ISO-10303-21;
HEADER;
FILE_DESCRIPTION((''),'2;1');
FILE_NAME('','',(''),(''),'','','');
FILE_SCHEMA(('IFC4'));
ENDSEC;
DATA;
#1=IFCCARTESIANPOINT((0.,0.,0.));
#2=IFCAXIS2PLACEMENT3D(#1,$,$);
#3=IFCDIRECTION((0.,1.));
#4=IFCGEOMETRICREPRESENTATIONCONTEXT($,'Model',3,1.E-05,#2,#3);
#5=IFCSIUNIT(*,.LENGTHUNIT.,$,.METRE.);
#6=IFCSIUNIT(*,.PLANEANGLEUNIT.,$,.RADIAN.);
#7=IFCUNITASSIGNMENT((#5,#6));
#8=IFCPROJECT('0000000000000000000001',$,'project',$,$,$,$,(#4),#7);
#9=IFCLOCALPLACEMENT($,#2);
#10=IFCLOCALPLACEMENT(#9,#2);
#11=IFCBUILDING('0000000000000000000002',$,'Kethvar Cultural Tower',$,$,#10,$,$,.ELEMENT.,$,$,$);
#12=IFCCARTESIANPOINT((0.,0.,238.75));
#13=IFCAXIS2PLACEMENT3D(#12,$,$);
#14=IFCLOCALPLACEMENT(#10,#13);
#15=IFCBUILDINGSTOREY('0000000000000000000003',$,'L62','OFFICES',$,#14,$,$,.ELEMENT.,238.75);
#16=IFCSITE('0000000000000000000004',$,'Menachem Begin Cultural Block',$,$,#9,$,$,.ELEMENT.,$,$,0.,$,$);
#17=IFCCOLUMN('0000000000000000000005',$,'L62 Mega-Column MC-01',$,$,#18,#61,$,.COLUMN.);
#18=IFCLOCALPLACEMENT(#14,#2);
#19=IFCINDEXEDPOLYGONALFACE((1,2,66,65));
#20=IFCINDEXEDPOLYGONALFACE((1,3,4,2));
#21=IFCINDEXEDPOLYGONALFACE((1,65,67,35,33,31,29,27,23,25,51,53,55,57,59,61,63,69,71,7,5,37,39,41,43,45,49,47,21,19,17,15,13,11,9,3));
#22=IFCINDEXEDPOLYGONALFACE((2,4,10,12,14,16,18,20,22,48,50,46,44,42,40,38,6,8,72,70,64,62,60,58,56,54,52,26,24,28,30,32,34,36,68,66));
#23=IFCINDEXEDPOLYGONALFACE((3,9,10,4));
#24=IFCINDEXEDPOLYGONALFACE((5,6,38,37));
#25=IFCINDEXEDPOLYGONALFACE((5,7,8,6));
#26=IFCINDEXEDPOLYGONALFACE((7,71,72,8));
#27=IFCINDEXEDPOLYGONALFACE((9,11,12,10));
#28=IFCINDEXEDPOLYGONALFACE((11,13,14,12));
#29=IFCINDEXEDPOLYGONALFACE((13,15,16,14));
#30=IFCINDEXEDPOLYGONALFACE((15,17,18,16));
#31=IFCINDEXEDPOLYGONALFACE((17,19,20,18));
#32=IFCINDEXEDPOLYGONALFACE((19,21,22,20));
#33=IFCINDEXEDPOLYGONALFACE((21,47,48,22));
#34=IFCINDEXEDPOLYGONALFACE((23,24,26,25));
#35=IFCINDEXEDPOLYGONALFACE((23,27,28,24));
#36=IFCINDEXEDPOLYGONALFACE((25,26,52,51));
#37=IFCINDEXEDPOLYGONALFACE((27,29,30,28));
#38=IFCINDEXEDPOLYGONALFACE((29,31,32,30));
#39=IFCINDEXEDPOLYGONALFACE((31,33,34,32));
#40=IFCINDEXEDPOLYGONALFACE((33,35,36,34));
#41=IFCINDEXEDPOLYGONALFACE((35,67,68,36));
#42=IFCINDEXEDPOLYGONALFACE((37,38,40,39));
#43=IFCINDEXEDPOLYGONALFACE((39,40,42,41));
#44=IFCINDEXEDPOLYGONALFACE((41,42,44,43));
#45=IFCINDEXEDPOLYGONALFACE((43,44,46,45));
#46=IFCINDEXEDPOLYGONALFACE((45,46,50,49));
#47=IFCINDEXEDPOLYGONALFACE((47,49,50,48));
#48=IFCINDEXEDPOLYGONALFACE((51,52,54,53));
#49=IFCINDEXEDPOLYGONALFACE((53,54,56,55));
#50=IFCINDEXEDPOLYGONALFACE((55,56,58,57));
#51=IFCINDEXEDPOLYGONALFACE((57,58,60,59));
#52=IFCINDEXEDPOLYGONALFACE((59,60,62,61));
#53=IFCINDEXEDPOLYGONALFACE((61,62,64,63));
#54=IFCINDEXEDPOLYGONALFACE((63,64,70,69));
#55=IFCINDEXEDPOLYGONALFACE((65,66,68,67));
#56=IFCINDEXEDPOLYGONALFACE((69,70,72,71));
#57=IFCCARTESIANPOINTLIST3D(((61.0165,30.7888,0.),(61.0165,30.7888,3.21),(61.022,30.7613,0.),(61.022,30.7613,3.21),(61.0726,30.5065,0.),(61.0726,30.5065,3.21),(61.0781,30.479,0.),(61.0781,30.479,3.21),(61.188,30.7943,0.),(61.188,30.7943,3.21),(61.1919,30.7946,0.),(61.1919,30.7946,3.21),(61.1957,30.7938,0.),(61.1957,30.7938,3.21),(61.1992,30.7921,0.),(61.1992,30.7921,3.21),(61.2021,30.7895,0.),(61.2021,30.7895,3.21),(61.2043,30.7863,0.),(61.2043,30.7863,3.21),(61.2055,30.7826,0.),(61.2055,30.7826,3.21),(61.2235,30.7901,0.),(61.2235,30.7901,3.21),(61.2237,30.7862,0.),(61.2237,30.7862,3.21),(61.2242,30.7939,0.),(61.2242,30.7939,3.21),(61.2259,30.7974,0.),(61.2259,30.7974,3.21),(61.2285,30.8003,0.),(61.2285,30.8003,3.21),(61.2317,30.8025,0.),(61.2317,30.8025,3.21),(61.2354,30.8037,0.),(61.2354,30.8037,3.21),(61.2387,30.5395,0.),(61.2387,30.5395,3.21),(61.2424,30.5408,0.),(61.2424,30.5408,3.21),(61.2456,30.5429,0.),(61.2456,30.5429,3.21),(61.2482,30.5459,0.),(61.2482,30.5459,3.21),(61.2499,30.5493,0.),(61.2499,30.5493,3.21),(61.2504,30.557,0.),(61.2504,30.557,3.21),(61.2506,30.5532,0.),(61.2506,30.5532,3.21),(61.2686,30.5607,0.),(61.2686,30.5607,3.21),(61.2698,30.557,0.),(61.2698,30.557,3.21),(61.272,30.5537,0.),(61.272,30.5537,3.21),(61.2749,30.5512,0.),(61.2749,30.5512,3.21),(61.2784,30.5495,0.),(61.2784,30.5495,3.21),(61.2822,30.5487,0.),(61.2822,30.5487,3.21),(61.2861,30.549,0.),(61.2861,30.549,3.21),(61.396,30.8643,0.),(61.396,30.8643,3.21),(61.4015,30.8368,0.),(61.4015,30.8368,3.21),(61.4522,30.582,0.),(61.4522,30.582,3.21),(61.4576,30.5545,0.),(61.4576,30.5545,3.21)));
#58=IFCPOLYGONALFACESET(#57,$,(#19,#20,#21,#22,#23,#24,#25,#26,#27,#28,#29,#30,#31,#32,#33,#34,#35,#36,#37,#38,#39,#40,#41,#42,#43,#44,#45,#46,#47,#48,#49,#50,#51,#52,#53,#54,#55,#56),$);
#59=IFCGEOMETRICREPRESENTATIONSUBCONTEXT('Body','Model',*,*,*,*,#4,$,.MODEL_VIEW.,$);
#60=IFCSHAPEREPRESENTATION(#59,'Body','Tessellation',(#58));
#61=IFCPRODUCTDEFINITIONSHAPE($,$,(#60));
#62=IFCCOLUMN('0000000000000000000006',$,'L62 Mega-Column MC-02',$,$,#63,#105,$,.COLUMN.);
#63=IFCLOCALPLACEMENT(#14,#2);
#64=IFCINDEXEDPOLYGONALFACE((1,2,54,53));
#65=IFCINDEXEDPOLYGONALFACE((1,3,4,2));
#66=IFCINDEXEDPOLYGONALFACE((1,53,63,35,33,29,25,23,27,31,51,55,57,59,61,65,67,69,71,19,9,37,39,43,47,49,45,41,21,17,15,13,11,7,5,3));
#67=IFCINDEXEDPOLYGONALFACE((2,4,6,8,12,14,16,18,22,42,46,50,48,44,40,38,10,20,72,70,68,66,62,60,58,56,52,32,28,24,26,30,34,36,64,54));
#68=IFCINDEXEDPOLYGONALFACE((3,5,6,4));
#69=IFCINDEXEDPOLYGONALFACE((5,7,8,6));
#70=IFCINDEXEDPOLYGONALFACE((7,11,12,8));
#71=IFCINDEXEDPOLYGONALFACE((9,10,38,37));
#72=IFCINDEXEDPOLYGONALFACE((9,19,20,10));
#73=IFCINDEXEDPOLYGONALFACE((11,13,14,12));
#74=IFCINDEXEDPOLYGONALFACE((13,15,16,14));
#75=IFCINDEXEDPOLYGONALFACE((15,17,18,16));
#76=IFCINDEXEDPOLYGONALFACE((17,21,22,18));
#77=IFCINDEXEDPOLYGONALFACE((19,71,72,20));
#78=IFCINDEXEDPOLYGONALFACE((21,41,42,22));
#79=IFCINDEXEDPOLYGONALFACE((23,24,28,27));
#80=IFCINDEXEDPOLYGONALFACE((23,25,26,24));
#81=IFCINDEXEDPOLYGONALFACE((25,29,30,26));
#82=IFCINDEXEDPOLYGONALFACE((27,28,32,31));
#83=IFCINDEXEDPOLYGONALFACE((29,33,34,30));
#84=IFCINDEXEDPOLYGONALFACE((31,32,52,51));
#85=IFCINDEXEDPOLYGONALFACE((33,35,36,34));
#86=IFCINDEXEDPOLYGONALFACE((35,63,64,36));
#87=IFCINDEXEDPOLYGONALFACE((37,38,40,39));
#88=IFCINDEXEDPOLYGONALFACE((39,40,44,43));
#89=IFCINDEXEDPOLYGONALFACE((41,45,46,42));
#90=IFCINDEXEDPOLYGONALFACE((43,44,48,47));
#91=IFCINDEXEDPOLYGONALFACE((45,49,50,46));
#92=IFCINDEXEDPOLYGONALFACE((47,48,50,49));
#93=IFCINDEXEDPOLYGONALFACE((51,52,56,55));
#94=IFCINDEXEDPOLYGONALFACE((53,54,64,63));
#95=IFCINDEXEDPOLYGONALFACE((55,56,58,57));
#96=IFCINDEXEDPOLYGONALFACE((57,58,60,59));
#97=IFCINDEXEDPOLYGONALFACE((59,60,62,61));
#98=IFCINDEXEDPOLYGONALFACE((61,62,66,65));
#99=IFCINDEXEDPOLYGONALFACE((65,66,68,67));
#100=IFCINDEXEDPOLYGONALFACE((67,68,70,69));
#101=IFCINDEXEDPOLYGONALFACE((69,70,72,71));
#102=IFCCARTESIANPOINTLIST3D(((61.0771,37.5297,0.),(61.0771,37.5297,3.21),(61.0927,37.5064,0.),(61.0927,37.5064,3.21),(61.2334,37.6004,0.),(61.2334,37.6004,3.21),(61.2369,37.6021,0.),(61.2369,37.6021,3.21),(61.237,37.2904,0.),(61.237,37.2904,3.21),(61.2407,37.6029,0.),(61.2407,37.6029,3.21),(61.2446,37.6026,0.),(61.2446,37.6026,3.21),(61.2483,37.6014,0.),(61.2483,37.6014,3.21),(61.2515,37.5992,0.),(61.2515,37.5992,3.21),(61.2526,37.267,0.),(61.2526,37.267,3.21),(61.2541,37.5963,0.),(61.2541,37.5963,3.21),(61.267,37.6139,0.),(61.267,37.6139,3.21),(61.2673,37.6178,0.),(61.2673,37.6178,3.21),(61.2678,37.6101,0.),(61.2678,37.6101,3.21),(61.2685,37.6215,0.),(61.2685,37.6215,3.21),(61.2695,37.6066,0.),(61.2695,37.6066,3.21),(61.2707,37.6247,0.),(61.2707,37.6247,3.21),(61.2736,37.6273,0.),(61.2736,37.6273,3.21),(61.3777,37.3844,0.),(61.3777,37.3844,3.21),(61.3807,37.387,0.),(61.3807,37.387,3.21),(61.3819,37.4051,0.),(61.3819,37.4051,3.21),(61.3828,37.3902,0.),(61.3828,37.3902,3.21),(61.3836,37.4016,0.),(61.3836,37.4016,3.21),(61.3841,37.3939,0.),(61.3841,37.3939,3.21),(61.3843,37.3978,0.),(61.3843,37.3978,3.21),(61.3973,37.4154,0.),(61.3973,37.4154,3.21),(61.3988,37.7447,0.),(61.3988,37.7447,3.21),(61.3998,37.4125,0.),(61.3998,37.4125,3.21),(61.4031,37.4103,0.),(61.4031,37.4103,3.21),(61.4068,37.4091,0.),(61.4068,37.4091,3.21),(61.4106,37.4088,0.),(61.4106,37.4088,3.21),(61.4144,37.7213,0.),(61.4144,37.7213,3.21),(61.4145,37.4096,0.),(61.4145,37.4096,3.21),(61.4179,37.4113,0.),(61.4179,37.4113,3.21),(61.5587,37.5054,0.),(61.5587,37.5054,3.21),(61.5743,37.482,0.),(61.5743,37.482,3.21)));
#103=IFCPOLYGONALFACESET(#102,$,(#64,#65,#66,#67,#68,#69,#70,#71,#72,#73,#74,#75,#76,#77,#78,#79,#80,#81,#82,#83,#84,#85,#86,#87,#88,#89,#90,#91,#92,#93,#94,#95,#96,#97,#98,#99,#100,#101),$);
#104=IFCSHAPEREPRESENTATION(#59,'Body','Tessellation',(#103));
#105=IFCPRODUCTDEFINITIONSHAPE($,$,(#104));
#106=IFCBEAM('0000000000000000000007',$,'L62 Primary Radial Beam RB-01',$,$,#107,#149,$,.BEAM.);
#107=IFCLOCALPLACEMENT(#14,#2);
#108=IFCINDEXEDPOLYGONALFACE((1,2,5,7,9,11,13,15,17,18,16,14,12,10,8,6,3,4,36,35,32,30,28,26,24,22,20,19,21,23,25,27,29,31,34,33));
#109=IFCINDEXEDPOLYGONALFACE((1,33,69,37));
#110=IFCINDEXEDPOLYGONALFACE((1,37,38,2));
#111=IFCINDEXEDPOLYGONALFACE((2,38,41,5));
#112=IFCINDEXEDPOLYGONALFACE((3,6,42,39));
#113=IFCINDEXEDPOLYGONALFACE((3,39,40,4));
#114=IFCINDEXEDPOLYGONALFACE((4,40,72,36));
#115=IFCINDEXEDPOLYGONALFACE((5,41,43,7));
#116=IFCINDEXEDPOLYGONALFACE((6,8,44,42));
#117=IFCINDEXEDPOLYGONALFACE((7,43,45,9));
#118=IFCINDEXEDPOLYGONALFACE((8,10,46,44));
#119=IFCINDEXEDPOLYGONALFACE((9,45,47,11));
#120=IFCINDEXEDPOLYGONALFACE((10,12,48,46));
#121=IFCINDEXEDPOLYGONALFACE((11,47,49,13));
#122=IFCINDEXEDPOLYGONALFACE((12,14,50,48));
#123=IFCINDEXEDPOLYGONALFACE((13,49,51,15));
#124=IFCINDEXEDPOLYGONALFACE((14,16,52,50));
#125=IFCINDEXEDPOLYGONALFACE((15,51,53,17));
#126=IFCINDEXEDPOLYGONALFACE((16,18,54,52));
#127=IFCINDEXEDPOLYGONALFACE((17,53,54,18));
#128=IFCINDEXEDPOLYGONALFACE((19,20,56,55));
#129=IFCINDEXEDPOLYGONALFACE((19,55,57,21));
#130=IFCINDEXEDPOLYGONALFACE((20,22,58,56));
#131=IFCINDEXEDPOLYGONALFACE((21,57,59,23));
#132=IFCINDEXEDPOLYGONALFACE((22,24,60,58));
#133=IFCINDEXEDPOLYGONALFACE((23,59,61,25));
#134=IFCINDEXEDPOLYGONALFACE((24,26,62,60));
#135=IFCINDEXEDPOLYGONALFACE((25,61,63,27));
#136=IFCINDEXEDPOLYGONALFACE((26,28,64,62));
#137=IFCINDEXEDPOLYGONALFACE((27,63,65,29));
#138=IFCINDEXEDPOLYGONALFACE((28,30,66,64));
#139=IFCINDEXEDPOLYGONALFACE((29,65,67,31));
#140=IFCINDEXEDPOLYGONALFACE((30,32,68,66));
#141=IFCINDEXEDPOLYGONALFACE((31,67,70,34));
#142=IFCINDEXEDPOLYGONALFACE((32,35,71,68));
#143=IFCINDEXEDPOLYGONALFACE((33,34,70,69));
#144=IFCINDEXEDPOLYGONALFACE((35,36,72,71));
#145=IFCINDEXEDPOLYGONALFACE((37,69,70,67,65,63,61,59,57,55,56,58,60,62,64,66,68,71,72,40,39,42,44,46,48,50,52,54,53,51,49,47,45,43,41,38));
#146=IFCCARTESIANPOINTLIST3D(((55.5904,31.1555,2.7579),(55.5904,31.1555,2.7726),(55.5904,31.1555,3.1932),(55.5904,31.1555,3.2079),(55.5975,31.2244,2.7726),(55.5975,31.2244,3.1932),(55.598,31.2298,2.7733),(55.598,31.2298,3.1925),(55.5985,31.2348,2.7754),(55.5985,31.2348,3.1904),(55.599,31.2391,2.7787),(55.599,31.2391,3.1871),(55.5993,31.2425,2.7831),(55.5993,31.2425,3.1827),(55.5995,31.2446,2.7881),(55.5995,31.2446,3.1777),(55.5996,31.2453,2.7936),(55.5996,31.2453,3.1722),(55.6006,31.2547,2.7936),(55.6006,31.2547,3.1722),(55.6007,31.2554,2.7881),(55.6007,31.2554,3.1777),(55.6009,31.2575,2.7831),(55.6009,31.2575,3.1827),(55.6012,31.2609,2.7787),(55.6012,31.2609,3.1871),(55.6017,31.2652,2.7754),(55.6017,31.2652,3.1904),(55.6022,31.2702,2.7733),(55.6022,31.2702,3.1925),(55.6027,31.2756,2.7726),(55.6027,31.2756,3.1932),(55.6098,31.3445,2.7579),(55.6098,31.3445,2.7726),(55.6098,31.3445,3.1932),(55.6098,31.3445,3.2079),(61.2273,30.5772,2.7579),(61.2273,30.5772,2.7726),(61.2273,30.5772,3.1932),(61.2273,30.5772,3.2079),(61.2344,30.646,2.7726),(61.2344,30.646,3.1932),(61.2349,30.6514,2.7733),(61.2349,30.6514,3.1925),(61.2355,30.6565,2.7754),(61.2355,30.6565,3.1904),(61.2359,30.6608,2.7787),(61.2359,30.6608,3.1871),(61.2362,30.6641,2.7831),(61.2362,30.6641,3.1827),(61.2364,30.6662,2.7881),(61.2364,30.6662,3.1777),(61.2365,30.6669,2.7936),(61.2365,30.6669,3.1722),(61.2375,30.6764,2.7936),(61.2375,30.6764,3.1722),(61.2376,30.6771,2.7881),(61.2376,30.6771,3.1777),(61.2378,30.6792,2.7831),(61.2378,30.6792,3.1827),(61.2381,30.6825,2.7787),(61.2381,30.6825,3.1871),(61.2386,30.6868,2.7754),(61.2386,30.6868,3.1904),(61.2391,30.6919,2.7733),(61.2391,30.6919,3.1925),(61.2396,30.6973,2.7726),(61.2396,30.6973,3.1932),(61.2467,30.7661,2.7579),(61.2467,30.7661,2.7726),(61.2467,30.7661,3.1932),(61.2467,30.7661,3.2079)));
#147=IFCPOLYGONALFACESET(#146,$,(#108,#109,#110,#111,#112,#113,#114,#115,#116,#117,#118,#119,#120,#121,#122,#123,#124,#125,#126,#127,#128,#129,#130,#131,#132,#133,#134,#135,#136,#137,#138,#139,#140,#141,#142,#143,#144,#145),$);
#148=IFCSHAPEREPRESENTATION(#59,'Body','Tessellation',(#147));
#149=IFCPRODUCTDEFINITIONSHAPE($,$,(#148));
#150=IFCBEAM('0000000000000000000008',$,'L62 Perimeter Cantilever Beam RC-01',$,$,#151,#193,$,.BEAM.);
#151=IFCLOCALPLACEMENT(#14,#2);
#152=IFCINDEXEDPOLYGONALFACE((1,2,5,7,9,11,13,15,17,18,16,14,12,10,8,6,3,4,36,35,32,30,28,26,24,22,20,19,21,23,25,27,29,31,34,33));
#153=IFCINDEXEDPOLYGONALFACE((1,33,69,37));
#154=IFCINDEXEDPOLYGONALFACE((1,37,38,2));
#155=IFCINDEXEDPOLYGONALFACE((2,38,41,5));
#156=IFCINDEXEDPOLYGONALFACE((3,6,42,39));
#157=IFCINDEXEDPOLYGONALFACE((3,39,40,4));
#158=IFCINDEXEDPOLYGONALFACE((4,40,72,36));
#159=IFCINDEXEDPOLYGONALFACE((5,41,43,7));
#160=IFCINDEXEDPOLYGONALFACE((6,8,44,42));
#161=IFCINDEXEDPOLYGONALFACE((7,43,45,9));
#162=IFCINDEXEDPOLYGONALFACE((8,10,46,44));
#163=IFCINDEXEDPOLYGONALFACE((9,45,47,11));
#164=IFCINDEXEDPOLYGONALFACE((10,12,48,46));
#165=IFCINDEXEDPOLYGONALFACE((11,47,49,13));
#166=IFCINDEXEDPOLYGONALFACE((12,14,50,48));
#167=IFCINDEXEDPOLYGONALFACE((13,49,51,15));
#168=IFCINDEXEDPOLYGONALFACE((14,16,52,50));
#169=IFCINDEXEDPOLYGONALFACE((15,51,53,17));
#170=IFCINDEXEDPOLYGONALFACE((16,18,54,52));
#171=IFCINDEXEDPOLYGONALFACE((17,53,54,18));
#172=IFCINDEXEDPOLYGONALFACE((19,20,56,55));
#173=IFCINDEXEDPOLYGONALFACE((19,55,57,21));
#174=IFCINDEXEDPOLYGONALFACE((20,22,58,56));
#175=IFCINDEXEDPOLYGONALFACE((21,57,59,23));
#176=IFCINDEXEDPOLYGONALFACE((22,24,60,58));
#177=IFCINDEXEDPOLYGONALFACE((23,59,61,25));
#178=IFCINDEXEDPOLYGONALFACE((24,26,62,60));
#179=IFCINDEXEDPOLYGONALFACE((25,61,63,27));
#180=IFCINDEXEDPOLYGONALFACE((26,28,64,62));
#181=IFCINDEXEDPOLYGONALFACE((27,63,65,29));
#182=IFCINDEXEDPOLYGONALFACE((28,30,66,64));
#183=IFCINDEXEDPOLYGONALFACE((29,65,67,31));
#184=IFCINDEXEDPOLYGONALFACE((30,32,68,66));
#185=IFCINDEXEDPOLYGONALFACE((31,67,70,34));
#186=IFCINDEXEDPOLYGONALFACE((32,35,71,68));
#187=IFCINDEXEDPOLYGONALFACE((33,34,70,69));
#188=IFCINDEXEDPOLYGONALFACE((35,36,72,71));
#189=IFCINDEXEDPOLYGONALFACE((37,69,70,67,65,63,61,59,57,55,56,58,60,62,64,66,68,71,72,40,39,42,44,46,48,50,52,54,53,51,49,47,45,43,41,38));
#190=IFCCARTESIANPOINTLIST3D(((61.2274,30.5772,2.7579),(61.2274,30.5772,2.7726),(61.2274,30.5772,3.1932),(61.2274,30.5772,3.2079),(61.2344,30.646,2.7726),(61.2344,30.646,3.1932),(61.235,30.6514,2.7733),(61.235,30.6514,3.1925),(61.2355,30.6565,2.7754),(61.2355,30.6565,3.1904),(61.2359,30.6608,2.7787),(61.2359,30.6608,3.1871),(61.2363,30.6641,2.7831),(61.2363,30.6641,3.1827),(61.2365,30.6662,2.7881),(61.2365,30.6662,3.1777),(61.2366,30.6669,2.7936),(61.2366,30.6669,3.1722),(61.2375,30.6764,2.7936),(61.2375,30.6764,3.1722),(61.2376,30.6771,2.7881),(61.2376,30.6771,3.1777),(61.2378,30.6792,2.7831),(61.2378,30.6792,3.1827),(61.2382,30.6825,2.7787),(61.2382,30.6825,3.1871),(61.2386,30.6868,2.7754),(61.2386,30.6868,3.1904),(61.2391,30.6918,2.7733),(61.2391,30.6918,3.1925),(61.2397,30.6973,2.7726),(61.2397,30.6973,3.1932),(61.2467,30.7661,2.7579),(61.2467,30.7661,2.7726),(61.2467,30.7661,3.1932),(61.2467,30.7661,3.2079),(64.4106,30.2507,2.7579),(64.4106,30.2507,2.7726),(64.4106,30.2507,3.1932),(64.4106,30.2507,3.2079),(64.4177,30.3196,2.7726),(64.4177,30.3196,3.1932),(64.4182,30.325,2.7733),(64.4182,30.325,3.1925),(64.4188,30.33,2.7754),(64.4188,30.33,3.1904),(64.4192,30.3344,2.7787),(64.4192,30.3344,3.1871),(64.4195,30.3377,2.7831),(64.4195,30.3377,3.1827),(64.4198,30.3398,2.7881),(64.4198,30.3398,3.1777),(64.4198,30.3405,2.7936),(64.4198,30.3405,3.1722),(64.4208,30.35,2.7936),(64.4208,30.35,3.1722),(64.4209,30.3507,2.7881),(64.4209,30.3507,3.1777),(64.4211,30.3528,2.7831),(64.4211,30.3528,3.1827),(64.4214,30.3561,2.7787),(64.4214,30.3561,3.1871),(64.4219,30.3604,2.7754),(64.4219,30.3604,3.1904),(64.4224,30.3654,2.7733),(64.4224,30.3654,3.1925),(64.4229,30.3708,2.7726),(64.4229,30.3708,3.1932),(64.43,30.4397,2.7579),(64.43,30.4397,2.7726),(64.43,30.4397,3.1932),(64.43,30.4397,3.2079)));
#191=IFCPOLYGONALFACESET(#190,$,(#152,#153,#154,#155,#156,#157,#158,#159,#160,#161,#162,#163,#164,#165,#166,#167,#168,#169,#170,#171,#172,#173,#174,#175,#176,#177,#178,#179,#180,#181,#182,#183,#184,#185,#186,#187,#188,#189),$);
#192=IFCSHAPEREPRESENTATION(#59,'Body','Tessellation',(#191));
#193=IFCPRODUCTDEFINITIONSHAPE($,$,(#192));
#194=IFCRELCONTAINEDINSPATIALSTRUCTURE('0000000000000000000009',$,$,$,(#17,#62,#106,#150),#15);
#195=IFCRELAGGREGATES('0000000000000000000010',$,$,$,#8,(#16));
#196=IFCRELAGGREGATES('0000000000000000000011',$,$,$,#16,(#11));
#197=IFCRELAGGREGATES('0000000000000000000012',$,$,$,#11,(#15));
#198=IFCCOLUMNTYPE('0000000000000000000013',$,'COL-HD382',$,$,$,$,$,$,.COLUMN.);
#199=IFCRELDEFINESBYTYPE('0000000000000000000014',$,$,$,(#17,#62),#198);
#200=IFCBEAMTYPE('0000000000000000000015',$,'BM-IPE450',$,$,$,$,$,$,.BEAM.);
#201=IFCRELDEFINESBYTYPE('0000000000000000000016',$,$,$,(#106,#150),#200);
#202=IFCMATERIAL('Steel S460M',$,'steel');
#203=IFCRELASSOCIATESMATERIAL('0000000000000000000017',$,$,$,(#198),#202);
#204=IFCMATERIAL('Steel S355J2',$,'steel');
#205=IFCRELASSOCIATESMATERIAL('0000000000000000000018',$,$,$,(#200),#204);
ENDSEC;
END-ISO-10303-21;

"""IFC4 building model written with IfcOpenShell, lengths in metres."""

from ifc_helpers import new_model, si_unit, direction, frame, origin, origin_2d, place, context, subcontext, project, spatial, i_section, extrude, source, transform, mapped, material, material_profile, profile_set, type_object, element, save


model = new_model("IFC4")

# Units and contexts
model_context = context("Model", 3, precision=1e-05, world=origin(), true_north=direction((0.0, 1.0)))
body_context = subcontext(model_context, "Body", "Model", "MODEL_VIEW")
ifc_project = project(units=[si_unit("LENGTHUNIT", "METRE"), si_unit("PLANEANGLEUNIT", "RADIAN")], contexts=[model_context])

# Site, building, storey
site_placement = place(None, origin())
site = spatial("IfcSite", under=ifc_project, at=site_placement, Name="Menachem Begin Cultural Block", CompositionType="ELEMENT", RefElevation=0.0)
building_placement = place(site_placement, origin())
building = spatial("IfcBuilding", under=site, at=building_placement, Name="Kethvar Cultural Tower", CompositionType="ELEMENT")
storey_placement = place(building_placement, frame((0.0, 0.0, 238.75)))
storey = spatial("IfcBuildingStorey", under=building, at=storey_placement, Name="L62", Description="OFFICES", CompositionType="ELEMENT", Elevation=238.75)

# Columns
ifc_material_1 = material(Name="Steel S460M", Category="steel")
ifc_material_profile_1 = material_profile(ifc_material_1, i_section(OverallWidth=0.387, OverallDepth=0.3159, WebThickness=0.0186, FlangeThickness=0.0281, FilletRadius=0.0149, at=origin_2d()), Name="Steel S460M — HD400x382")
ifc_profile_set_1 = profile_set([ifc_material_profile_1], Name="Steel S460M — HD400x382")
column_type = type_object("IfcColumnType", Name="COL-HD382", PredefinedType="COLUMN", material=ifc_profile_set_1)
shared_shape_1 = source(origin(), body_context, "Body", "SweptSolid", [
    extrude(i_section(OverallWidth=0.387, OverallDepth=0.3159, WebThickness=0.0186, FlangeThickness=0.0281, FilletRadius=0.0149, at=origin_2d()), origin(), (0.0, 0.0, 1.0), 3.21),
])
for number, where, z_axis, x_axis, name in (
    (1, (61.2371, 30.6716, 0.0), (0.0, 0.0, 1.0), (0.980785, 0.19509, 0.0), "L62 Mega-Column MC-01"),
    (2, (61.3257, 37.5059, 0.0), (0.0, 0.0, 1.0), (0.83147, 0.55557, 0.0), "L62 Mega-Column MC-02"),
):
    element("IfcColumn", number, at=place(storey_placement, frame(where, z_axis=z_axis, x_axis=x_axis)), inside=storey, type_object=column_type, Name=name, PredefinedType="COLUMN", context=body_context, shape_type="MappedRepresentation", body=[
        mapped(shared_shape_1, transform((0.0, 0.0, 0.0), scale=1.0)),
    ])

# Beams
ifc_material_2 = material(Name="Steel S355J2", Category="steel")
ifc_material_profile_2 = material_profile(ifc_material_2, i_section(OverallWidth=0.1899, OverallDepth=0.45, WebThickness=0.0095, FlangeThickness=0.0146, FilletRadius=0.021, at=origin_2d()), Name="Steel S355J2 — IPE450")
ifc_profile_set_2 = profile_set([ifc_material_profile_2], Name="Steel S355J2 — IPE450")
beam_type_1 = type_object("IfcBeamType", Name="BM-IPE450", PredefinedType="BEAM", material=ifc_profile_set_2)
shared_shape_2 = source(origin(), body_context, "Body", "SweptSolid", [
    extrude(i_section(OverallWidth=0.1899, OverallDepth=0.45, WebThickness=0.0095, FlangeThickness=0.0146, FilletRadius=0.021, at=origin_2d()), origin(), (0.0, 0.0, 1.0), 5.6665),
])
beam_1_placement = place(storey_placement, frame((55.6001, 31.25, 2.9829), z_axis=(0.994778, -0.102067, 0.0), x_axis=(0.102067, 0.994778, 0.0)))
element("IfcBeam", 3, at=beam_1_placement, inside=storey, type_object=beam_type_1, Name="L62 Primary Radial Beam RB-01", PredefinedType="BEAM", context=body_context, shape_type="MappedRepresentation", body=[
    mapped(shared_shape_2, transform((0.0, 0.0, 0.0), scale=1.0)),
])
shared_shape_3 = source(origin(), body_context, "Body", "SweptSolid", [
    extrude(i_section(OverallWidth=0.1899, OverallDepth=0.45, WebThickness=0.0095, FlangeThickness=0.0146, FilletRadius=0.021, at=origin_2d()), origin(), (0.0, 0.0, 1.0), 3.2),
])
for number, where, z_axis, x_axis, name in (
    (4, (61.2371, 30.6716, 2.9829), (0.994784, -0.102004, 0.0), (0.102004, 0.994784, 0.0), "L62 Perimeter Cantilever Beam RC-01"),
):
    element("IfcBeam", number, at=place(storey_placement, frame(where, z_axis=z_axis, x_axis=x_axis)), inside=storey, type_object=beam_type_1, Name=name, PredefinedType="BEAM", context=body_context, shape_type="MappedRepresentation", body=[
        mapped(shared_shape_3, transform((0.0, 0.0, 0.0), scale=1.0)),
    ])

save(model, "model.ifc")
